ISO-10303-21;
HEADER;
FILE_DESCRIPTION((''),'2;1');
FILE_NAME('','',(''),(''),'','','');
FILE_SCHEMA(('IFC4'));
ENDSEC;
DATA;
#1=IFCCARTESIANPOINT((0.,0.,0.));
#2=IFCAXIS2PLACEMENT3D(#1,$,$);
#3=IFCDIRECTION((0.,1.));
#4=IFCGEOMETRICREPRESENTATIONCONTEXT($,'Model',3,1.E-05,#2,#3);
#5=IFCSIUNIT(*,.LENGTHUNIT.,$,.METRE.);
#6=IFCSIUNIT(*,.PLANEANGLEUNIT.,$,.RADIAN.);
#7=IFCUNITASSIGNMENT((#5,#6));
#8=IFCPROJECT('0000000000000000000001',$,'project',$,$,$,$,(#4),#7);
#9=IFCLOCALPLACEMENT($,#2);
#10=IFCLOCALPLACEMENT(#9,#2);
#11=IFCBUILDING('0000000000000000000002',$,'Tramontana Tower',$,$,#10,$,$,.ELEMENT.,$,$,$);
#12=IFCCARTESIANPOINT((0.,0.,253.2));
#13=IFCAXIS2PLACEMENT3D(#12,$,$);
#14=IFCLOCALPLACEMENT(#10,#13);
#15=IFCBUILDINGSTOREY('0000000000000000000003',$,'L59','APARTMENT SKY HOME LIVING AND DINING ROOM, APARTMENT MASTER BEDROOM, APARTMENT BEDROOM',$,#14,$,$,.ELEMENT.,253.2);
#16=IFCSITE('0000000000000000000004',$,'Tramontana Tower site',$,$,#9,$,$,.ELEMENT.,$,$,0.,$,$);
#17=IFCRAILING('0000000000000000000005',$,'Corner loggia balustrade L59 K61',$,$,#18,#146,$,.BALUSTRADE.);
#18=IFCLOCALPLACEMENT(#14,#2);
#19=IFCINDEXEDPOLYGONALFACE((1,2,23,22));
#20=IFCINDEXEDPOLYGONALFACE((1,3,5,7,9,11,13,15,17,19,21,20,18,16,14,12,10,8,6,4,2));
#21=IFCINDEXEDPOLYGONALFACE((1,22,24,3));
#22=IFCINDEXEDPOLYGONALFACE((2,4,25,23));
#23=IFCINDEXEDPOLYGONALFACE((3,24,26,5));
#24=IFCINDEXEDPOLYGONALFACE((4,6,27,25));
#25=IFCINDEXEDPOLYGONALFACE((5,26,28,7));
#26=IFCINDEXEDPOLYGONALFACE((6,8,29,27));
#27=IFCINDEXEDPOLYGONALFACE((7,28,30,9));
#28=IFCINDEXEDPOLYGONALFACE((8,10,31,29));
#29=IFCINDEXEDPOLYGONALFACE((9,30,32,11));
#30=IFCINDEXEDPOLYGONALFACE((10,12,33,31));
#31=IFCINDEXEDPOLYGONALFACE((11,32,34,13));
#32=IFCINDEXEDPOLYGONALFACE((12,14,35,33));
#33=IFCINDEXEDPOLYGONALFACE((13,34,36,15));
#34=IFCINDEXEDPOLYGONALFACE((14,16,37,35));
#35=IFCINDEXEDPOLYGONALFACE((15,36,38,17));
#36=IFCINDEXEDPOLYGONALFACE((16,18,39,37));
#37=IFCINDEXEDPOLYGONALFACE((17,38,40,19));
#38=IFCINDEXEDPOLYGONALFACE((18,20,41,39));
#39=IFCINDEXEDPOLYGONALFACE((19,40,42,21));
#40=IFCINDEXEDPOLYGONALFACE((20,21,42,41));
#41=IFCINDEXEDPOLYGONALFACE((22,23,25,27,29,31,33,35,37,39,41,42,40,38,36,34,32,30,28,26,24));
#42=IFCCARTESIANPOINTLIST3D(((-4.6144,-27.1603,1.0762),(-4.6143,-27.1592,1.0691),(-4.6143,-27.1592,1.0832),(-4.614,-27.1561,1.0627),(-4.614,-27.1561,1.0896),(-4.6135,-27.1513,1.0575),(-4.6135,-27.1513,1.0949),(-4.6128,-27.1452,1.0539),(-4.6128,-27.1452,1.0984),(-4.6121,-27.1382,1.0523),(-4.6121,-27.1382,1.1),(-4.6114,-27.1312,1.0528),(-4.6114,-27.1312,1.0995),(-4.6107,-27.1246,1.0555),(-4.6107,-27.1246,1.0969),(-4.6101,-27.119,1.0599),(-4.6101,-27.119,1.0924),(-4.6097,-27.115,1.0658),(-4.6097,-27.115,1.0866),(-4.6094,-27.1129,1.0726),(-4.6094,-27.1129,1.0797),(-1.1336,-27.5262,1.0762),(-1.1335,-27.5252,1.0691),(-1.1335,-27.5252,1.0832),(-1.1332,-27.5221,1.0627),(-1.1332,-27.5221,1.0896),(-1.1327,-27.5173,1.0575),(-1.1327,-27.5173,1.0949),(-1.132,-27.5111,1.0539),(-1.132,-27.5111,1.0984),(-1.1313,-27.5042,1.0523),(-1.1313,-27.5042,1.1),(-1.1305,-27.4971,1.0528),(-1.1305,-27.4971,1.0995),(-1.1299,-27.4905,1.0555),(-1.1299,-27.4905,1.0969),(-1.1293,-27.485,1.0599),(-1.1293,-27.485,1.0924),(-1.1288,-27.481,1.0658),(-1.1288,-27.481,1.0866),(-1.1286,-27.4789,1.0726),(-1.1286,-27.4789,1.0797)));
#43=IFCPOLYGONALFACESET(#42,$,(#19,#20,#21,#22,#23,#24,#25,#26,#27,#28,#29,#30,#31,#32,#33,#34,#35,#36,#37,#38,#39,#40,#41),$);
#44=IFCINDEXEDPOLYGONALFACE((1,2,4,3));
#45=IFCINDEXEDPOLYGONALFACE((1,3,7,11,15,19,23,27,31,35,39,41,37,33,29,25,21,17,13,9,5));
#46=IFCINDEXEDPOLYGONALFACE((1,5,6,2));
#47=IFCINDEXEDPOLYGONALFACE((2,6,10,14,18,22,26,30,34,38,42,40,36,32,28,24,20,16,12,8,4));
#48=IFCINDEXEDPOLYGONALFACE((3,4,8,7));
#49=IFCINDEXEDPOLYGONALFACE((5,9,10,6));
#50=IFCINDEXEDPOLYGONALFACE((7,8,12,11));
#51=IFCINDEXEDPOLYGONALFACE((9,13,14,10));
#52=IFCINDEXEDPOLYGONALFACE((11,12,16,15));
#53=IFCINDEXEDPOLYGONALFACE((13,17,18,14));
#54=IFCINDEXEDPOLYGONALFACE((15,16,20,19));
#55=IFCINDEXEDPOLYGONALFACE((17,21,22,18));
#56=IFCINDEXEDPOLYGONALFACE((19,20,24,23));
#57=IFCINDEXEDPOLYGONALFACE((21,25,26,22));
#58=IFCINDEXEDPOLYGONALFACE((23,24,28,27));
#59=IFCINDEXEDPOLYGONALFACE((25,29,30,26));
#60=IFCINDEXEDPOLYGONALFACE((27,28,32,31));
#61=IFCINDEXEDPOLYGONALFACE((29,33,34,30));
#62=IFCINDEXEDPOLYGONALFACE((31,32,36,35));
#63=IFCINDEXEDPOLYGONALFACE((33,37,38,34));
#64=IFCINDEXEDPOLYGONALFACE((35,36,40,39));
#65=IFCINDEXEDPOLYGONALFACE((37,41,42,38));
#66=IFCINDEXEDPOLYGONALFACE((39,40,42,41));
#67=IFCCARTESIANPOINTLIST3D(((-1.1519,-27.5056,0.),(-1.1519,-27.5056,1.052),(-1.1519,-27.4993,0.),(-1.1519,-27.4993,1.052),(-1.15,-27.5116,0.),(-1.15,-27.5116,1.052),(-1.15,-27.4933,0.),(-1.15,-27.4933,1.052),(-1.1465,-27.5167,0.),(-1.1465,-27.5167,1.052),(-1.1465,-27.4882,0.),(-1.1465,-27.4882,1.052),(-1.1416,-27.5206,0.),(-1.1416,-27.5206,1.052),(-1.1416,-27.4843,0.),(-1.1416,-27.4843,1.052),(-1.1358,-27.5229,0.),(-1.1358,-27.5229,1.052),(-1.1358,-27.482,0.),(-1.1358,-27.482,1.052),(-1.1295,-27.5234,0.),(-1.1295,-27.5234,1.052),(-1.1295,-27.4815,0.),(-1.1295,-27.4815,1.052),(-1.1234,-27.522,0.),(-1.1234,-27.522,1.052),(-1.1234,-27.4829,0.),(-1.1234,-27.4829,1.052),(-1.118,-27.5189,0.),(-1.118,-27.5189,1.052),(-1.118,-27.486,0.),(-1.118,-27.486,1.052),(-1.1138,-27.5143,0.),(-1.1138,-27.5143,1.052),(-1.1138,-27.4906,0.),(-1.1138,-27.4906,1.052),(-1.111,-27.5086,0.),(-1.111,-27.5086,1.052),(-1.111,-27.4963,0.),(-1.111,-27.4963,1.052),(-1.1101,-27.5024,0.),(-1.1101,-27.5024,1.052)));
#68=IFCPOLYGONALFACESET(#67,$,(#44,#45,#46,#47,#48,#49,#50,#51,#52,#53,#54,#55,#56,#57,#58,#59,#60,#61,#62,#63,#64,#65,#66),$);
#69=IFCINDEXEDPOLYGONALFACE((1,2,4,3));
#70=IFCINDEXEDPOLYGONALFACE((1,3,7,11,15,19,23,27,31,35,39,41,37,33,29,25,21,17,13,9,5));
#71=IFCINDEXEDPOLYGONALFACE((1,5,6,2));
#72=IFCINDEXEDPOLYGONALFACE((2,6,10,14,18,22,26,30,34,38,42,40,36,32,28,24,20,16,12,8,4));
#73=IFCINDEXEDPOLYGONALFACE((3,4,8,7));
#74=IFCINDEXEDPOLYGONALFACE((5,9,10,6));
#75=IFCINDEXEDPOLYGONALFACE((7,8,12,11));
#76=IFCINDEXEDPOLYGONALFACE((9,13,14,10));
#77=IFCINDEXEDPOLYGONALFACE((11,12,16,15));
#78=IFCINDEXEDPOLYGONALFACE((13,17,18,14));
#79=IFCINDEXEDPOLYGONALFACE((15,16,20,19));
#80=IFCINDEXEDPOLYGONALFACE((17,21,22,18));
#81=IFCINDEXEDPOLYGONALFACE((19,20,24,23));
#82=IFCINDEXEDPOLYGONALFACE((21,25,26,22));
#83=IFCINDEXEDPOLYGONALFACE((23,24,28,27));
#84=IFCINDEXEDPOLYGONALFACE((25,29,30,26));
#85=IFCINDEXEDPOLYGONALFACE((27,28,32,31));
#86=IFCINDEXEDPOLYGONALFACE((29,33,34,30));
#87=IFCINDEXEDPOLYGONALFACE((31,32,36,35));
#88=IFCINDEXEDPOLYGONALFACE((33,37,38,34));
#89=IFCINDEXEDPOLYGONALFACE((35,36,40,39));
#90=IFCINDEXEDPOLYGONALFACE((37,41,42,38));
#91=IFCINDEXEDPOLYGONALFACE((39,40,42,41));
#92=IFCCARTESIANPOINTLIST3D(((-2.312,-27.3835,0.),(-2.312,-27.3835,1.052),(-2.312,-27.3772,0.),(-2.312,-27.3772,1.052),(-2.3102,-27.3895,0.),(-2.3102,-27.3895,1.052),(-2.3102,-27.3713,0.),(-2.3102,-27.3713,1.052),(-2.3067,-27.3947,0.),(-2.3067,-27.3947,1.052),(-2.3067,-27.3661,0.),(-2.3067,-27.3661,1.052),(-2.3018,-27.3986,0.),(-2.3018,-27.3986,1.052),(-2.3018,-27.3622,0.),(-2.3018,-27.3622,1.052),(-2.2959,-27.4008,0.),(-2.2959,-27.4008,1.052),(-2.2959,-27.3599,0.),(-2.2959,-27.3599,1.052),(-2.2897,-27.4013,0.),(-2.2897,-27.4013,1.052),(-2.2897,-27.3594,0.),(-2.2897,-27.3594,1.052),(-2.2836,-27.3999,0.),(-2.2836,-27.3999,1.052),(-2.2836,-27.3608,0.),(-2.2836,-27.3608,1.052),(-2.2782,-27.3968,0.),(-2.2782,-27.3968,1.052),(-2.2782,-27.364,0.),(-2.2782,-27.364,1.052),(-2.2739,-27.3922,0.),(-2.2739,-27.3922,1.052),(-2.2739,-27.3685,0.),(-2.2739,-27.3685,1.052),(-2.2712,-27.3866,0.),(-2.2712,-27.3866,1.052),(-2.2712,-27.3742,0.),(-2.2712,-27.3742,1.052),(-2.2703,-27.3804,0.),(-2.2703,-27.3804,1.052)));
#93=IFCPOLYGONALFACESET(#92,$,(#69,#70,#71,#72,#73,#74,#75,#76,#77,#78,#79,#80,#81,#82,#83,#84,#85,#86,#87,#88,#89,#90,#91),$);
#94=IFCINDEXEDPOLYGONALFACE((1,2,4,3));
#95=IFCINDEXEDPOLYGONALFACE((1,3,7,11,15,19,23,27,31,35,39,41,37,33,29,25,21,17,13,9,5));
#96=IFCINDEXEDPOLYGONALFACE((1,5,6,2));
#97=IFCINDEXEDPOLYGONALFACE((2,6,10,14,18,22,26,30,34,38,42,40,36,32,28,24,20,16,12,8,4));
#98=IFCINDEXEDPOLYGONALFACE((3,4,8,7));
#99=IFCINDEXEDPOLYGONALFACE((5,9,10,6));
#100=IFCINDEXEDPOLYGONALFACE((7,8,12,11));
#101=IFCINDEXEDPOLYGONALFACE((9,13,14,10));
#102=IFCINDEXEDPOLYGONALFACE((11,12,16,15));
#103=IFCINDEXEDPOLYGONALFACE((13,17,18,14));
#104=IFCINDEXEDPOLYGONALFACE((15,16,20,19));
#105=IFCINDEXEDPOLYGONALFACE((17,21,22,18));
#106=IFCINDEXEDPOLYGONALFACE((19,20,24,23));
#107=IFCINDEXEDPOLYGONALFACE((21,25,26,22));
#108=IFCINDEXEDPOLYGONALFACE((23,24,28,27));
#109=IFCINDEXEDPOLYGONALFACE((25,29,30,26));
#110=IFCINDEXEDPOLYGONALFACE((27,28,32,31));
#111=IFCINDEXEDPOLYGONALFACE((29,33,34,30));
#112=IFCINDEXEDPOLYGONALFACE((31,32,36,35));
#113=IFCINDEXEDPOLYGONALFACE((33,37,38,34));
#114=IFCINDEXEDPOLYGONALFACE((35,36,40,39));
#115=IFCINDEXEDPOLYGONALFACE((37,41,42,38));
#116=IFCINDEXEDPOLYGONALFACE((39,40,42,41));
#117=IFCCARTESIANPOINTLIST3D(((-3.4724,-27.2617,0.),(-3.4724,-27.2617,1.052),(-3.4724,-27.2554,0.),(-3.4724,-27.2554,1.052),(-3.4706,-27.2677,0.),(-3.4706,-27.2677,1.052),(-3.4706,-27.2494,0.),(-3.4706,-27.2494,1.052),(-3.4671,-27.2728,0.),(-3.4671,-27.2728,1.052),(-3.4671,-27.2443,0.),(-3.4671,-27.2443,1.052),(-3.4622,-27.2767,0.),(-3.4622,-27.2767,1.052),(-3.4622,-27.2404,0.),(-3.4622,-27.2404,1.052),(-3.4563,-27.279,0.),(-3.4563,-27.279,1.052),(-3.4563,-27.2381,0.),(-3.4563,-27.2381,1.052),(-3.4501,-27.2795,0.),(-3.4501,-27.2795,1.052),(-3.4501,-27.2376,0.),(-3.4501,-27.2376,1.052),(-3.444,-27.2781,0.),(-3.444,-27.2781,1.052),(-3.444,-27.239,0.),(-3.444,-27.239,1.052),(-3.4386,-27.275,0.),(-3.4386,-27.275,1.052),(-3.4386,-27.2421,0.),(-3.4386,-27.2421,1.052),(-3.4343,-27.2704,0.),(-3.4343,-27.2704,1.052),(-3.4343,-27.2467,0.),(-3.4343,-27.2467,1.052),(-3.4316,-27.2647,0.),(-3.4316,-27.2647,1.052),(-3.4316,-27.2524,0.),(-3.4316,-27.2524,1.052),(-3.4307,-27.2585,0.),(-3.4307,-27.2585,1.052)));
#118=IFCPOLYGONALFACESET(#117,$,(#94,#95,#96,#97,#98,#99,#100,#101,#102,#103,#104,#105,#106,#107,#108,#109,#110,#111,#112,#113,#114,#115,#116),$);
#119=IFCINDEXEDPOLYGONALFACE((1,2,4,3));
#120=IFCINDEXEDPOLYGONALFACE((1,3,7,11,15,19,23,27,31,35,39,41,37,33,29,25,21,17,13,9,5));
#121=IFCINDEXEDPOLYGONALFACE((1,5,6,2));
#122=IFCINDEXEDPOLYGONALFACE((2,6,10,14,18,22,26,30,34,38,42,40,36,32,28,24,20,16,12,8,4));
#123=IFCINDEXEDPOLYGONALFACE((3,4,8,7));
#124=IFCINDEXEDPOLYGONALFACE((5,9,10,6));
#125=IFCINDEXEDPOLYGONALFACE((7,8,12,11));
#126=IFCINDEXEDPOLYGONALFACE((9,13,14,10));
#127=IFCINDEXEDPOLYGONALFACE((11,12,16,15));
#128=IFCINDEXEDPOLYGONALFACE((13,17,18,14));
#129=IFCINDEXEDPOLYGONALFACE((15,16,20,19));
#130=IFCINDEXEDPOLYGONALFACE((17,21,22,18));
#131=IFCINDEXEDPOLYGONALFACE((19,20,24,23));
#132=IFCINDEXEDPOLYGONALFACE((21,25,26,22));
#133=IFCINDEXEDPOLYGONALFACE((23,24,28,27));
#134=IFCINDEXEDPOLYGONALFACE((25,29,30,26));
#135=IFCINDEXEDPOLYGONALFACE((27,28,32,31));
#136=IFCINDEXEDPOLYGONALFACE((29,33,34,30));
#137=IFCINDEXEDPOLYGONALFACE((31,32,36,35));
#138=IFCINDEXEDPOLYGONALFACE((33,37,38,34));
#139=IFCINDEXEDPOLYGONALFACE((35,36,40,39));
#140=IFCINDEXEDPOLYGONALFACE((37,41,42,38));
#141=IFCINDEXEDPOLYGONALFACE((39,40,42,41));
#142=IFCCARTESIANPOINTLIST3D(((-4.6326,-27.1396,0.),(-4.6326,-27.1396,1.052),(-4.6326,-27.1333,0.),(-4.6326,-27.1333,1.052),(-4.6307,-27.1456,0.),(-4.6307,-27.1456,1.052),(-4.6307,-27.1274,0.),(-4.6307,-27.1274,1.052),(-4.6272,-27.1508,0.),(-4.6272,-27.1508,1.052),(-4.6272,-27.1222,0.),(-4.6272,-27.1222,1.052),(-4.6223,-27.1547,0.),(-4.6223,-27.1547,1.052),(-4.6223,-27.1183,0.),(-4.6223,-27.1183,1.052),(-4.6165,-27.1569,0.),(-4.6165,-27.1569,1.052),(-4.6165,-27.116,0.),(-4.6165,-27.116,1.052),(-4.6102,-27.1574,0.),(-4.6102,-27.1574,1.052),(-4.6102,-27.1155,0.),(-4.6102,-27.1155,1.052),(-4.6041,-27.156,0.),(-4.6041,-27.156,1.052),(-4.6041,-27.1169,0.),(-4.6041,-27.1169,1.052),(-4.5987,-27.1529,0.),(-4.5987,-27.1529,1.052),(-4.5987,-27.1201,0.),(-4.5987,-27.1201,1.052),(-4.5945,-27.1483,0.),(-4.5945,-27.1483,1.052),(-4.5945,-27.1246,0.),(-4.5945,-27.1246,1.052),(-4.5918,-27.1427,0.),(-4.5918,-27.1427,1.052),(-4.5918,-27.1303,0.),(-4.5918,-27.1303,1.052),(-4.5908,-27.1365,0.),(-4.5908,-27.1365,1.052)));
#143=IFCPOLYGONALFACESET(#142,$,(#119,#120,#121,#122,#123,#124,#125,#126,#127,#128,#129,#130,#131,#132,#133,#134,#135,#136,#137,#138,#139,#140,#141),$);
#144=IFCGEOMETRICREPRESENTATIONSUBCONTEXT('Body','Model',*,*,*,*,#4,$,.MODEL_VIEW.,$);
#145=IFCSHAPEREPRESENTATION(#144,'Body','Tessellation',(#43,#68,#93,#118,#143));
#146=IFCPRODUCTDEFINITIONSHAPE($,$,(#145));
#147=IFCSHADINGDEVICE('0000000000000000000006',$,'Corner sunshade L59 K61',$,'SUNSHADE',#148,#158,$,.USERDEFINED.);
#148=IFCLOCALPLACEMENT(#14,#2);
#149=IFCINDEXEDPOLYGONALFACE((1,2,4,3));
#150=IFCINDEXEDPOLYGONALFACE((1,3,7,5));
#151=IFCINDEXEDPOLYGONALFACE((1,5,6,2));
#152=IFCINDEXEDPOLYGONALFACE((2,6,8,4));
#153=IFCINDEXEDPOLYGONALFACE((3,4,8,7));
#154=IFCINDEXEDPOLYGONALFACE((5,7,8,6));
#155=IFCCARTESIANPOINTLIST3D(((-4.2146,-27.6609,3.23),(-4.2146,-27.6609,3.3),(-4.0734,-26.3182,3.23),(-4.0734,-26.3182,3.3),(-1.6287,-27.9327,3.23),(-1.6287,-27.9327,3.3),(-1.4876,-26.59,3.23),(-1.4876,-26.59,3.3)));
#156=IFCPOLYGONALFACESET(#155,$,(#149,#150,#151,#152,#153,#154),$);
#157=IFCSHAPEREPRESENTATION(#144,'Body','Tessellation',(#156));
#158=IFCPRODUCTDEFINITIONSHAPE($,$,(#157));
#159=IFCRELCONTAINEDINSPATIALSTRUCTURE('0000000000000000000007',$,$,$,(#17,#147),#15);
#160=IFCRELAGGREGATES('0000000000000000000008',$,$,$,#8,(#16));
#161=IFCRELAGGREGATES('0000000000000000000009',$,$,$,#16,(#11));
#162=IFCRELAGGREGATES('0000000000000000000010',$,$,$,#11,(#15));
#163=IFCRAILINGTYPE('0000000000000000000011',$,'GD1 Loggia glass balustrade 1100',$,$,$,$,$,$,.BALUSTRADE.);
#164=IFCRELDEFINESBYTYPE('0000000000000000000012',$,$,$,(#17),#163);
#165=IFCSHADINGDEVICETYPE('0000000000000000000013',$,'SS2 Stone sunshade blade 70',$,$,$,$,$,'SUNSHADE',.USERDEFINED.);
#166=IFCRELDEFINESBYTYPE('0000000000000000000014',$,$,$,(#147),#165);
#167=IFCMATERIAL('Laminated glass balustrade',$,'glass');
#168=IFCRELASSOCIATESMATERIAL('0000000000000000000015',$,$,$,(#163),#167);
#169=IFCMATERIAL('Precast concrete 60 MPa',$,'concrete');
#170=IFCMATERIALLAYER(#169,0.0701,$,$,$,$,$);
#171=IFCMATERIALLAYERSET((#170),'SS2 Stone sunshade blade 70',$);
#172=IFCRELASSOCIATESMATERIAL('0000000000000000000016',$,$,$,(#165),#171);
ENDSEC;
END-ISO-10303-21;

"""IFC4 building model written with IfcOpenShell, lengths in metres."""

from ifc_helpers import new_model, si_unit, direction, frame, origin, origin_2d, place, context, subcontext, project, spatial, rectangle, circle, extrude, material, layer, layer_set, type_object, element, save


model = new_model("IFC4")

# Units and contexts
model_context = context("Model", 3, precision=1e-05, world=origin(), true_north=direction((0.0, 1.0)))
body_context = subcontext(model_context, "Body", "Model", "MODEL_VIEW")
ifc_project = project(units=[si_unit("LENGTHUNIT", "METRE"), si_unit("PLANEANGLEUNIT", "RADIAN")], contexts=[model_context])

# Site, building, storey
site_placement = place(None, origin())
site = spatial("IfcSite", under=ifc_project, at=site_placement, Name="Tramontana Tower site", CompositionType="ELEMENT", RefElevation=0.0)
building_placement = place(site_placement, origin())
building = spatial("IfcBuilding", under=site, at=building_placement, Name="Tramontana Tower", CompositionType="ELEMENT")
storey_placement = place(building_placement, frame((0.0, 0.0, 253.2)))
storey = spatial("IfcBuildingStorey", under=building, at=storey_placement, Name="L59", Description="APARTMENT SKY HOME LIVING AND DINING ROOM, APARTMENT MASTER BEDROOM, APARTMENT BEDROOM", CompositionType="ELEMENT", Elevation=253.2)

# Railing
ifc_material_1 = material(Name="Laminated glass balustrade", Category="glass")
railing_type = type_object("IfcRailingType", Name="GD1 Loggia glass balustrade 1100", PredefinedType="BALUSTRADE", material=ifc_material_1)
railing_1_placement = place(storey_placement, frame((-1.1311, -27.5024, 0.0)))
element("IfcRailing", 1, at=railing_1_placement, inside=storey, type_object=railing_type, Name="Corner loggia balustrade L59 K61", PredefinedType="BALUSTRADE", context=body_context, shape_type="SweptSolid", body=[
    extrude(circle(Radius=0.0239, at=origin_2d()), frame((0.0, 0.0, 1.0762), z_axis=(-0.994518, 0.104565, 0.0), x_axis=(-0.104565, -0.994518, 0.0)), (0.0, 0.0, 1.0), 3.5),
    extrude(circle(Radius=0.021, at=origin_2d()), origin(), (0.0, 0.0, 1.0), 1.052),
    extrude(circle(Radius=0.021, at=origin_2d()), frame((-1.1602, 0.1221, 0.0)), (0.0, 0.0, 1.0), 1.052),
    extrude(circle(Radius=0.021, at=origin_2d()), frame((-2.3206, 0.2439, 0.0)), (0.0, 0.0, 1.0), 1.052),
    extrude(circle(Radius=0.021, at=origin_2d()), frame((-3.4807, 0.366, 0.0)), (0.0, 0.0, 1.0), 1.052),
])

# Shading device
ifc_material_2 = material(Name="Precast concrete 60 MPa", Category="concrete")
ifc_layer_1 = layer(ifc_material_2, 0.0701)
ifc_layer_set_1 = layer_set([ifc_layer_1], Name="SS2 Stone sunshade blade 70")
shading_device_type = type_object("IfcShadingDeviceType", Name="SS2 Stone sunshade blade 70", ElementType="SUNSHADE", PredefinedType="USERDEFINED", material=ifc_layer_set_1)
shading_device_placement = place(storey_placement, frame((-2.8511, -27.1255, 3.23), z_axis=(0.0, 0.0, 1.0), x_axis=(-0.994522, 0.104528, 0.0)))
element("IfcShadingDevice", 2, at=shading_device_placement, inside=storey, type_object=shading_device_type, Name="Corner sunshade L59 K61", ObjectType="SUNSHADE", PredefinedType="USERDEFINED", context=body_context, shape_type="SweptSolid", body=[
    extrude(rectangle(XDim=2.6001, YDim=1.3501, at=origin_2d()), origin(), (0.0, 0.0, 1.0), 0.0701),
])

save(model, "model.ifc")
